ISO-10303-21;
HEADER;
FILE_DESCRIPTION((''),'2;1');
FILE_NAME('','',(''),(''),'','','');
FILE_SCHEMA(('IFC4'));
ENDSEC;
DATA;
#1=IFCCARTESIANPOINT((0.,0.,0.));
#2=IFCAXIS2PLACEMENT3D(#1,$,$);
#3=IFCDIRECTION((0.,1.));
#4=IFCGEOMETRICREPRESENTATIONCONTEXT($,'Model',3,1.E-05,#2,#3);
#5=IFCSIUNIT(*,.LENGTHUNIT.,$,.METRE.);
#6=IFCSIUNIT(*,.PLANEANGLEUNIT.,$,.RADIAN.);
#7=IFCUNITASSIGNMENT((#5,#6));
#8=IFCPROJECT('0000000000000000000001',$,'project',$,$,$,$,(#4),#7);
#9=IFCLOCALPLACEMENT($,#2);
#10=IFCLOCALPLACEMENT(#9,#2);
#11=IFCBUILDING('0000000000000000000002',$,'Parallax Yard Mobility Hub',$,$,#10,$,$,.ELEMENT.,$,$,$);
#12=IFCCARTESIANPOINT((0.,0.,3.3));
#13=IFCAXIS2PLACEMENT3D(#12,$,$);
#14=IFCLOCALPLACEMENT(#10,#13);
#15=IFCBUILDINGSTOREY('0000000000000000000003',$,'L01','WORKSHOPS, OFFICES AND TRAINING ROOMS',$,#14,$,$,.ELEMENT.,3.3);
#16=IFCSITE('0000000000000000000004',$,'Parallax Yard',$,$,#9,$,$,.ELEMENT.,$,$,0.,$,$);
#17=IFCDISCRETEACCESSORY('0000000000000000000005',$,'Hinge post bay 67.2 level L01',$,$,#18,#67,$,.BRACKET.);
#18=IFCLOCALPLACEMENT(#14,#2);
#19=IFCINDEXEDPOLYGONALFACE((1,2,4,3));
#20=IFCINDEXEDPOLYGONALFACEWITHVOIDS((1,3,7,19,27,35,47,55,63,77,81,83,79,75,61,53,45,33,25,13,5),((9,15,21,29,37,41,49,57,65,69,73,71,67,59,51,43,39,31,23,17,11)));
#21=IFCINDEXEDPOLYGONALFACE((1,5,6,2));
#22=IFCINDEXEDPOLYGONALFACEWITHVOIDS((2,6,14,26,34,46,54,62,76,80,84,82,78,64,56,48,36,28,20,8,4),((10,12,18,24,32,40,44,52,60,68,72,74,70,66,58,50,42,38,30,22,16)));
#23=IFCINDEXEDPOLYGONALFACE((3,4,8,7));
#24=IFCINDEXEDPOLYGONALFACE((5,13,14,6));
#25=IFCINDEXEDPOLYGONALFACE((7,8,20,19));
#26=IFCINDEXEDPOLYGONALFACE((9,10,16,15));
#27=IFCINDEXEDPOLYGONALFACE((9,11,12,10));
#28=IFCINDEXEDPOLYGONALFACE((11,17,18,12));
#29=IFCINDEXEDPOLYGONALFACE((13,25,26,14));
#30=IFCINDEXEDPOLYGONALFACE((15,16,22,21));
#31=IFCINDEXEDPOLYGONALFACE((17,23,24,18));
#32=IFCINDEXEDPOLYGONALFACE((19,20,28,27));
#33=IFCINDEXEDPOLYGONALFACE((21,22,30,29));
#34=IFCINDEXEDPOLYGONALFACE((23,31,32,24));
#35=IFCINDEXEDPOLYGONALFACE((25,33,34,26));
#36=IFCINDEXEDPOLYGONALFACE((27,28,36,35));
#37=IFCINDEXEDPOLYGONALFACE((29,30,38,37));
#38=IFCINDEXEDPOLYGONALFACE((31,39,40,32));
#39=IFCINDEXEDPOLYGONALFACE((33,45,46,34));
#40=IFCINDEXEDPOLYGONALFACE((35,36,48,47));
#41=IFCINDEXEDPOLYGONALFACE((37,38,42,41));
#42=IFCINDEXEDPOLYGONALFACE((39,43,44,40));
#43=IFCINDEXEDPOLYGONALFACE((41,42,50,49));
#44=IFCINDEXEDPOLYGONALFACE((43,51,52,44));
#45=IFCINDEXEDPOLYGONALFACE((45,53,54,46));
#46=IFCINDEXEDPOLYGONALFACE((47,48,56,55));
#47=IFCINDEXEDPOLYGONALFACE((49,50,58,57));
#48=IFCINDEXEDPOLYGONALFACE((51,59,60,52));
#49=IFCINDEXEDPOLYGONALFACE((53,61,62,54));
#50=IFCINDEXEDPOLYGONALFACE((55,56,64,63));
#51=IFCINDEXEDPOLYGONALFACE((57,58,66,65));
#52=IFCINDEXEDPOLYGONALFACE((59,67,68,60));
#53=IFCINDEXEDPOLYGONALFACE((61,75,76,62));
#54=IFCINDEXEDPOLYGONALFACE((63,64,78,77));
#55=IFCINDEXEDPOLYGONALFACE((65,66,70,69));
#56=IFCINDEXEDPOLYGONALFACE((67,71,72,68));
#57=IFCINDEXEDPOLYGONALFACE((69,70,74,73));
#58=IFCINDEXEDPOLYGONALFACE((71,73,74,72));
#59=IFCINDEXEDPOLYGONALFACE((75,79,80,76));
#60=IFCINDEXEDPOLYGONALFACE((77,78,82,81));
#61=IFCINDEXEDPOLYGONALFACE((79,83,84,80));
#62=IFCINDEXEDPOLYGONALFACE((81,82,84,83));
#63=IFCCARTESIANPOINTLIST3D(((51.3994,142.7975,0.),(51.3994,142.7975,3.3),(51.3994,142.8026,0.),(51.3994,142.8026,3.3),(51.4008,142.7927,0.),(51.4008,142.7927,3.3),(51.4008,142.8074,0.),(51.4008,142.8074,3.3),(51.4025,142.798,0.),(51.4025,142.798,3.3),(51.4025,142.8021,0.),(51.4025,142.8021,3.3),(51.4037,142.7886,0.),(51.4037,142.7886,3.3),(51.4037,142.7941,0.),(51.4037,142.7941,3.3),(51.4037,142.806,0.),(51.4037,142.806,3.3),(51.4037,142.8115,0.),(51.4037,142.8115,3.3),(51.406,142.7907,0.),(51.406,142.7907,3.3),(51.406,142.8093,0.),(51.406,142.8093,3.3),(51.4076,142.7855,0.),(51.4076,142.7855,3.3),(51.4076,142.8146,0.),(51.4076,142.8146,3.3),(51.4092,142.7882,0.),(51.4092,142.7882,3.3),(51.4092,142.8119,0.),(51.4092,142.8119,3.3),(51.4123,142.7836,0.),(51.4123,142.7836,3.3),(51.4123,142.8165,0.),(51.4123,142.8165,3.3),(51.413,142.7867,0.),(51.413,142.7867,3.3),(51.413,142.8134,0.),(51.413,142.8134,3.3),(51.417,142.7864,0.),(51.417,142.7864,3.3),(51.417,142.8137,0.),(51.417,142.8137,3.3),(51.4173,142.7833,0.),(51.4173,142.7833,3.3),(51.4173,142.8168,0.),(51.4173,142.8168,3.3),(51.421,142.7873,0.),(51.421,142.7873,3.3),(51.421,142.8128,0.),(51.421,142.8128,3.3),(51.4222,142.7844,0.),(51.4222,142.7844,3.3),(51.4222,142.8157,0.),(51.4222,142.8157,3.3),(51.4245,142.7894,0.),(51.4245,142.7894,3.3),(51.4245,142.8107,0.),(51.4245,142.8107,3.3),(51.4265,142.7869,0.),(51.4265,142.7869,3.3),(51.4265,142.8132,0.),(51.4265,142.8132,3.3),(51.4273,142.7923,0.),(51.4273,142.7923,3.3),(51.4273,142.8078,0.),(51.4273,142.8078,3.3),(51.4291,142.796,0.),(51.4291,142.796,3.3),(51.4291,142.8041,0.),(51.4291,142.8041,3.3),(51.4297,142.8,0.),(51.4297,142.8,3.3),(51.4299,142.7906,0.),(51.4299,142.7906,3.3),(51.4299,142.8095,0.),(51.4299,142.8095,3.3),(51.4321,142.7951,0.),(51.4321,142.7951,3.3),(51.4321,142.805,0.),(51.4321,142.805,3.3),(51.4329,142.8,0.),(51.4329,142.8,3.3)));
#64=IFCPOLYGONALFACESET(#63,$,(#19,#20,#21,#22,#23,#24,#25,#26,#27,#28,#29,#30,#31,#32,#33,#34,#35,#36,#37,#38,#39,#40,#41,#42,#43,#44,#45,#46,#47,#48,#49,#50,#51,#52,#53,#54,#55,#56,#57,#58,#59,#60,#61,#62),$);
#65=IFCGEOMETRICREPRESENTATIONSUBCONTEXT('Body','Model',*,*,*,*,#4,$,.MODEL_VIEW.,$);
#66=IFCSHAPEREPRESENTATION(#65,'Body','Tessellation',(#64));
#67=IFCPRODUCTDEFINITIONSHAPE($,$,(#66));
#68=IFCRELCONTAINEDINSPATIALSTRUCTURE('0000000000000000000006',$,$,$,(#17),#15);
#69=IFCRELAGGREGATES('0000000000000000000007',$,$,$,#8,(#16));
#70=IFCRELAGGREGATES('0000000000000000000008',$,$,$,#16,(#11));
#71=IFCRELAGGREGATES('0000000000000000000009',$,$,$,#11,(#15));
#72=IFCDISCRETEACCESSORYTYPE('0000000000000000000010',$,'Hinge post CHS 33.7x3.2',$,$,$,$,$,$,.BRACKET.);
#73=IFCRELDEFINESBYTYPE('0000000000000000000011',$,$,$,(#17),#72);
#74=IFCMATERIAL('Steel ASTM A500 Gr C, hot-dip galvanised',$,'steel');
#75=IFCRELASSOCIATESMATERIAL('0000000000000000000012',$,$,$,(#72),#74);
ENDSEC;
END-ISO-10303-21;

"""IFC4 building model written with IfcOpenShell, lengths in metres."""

from ifc_helpers import new_model, si_unit, direction, frame, origin, origin_2d, place, context, subcontext, project, spatial, hollow_circle, extrude, material, material_profile, profile_set, type_object, element, save


model = new_model("IFC4")

# Units and contexts
model_context = context("Model", 3, precision=1e-05, world=origin(), true_north=direction((0.0, 1.0)))
body_context = subcontext(model_context, "Body", "Model", "MODEL_VIEW")
ifc_project = project(units=[si_unit("LENGTHUNIT", "METRE"), si_unit("PLANEANGLEUNIT", "RADIAN")], contexts=[model_context])

# Site, building, storey
site_placement = place(None, origin())
site = spatial("IfcSite", under=ifc_project, at=site_placement, Name="Parallax Yard", CompositionType="ELEMENT", RefElevation=0.0)
building_placement = place(site_placement, origin())
building = spatial("IfcBuilding", under=site, at=building_placement, Name="Parallax Yard Mobility Hub", CompositionType="ELEMENT")
storey_placement = place(building_placement, frame((0.0, 0.0, 3.3)))
storey = spatial("IfcBuildingStorey", under=building, at=storey_placement, Name="L01", Description="WORKSHOPS, OFFICES AND TRAINING ROOMS", CompositionType="ELEMENT", Elevation=3.3)

# Discrete accessory
ifc_material_1 = material(Name="Steel ASTM A500 Gr C, hot-dip galvanised", Category="steel")
ifc_material_profile = material_profile(ifc_material_1, hollow_circle(Radius=0.0168, WallThickness=0.0032, at=origin_2d()), Name="CHS 33.7x3.2")
ifc_profile_set = profile_set([ifc_material_profile], Name="Steel ASTM A500 Gr C, hot-dip galvanised")
discrete_accessory_type_1 = type_object("IfcDiscreteAccessoryType", Name="Hinge post CHS 33.7x3.2", PredefinedType="BRACKET", material=ifc_profile_set)
for number, where, z_axis, x_axis, name in (
    (1, (51.416, 142.8, 0.0), (0.0, 0.0, 1.0), (1.0, 0.0, 0.0), "Hinge post bay 67.2 level L01"),
):
    element("IfcDiscreteAccessory", number, at=place(storey_placement, frame(where, z_axis=z_axis, x_axis=x_axis)), inside=storey, type_object=discrete_accessory_type_1, Name=name, PredefinedType="BRACKET", context=body_context, shape_type="SweptSolid", body=[
        extrude(hollow_circle(Radius=0.0168, WallThickness=0.0032, at=origin_2d()), origin(), (0.0, 0.0, 1.0), 3.3),
    ])

save(model, "model.ifc")
